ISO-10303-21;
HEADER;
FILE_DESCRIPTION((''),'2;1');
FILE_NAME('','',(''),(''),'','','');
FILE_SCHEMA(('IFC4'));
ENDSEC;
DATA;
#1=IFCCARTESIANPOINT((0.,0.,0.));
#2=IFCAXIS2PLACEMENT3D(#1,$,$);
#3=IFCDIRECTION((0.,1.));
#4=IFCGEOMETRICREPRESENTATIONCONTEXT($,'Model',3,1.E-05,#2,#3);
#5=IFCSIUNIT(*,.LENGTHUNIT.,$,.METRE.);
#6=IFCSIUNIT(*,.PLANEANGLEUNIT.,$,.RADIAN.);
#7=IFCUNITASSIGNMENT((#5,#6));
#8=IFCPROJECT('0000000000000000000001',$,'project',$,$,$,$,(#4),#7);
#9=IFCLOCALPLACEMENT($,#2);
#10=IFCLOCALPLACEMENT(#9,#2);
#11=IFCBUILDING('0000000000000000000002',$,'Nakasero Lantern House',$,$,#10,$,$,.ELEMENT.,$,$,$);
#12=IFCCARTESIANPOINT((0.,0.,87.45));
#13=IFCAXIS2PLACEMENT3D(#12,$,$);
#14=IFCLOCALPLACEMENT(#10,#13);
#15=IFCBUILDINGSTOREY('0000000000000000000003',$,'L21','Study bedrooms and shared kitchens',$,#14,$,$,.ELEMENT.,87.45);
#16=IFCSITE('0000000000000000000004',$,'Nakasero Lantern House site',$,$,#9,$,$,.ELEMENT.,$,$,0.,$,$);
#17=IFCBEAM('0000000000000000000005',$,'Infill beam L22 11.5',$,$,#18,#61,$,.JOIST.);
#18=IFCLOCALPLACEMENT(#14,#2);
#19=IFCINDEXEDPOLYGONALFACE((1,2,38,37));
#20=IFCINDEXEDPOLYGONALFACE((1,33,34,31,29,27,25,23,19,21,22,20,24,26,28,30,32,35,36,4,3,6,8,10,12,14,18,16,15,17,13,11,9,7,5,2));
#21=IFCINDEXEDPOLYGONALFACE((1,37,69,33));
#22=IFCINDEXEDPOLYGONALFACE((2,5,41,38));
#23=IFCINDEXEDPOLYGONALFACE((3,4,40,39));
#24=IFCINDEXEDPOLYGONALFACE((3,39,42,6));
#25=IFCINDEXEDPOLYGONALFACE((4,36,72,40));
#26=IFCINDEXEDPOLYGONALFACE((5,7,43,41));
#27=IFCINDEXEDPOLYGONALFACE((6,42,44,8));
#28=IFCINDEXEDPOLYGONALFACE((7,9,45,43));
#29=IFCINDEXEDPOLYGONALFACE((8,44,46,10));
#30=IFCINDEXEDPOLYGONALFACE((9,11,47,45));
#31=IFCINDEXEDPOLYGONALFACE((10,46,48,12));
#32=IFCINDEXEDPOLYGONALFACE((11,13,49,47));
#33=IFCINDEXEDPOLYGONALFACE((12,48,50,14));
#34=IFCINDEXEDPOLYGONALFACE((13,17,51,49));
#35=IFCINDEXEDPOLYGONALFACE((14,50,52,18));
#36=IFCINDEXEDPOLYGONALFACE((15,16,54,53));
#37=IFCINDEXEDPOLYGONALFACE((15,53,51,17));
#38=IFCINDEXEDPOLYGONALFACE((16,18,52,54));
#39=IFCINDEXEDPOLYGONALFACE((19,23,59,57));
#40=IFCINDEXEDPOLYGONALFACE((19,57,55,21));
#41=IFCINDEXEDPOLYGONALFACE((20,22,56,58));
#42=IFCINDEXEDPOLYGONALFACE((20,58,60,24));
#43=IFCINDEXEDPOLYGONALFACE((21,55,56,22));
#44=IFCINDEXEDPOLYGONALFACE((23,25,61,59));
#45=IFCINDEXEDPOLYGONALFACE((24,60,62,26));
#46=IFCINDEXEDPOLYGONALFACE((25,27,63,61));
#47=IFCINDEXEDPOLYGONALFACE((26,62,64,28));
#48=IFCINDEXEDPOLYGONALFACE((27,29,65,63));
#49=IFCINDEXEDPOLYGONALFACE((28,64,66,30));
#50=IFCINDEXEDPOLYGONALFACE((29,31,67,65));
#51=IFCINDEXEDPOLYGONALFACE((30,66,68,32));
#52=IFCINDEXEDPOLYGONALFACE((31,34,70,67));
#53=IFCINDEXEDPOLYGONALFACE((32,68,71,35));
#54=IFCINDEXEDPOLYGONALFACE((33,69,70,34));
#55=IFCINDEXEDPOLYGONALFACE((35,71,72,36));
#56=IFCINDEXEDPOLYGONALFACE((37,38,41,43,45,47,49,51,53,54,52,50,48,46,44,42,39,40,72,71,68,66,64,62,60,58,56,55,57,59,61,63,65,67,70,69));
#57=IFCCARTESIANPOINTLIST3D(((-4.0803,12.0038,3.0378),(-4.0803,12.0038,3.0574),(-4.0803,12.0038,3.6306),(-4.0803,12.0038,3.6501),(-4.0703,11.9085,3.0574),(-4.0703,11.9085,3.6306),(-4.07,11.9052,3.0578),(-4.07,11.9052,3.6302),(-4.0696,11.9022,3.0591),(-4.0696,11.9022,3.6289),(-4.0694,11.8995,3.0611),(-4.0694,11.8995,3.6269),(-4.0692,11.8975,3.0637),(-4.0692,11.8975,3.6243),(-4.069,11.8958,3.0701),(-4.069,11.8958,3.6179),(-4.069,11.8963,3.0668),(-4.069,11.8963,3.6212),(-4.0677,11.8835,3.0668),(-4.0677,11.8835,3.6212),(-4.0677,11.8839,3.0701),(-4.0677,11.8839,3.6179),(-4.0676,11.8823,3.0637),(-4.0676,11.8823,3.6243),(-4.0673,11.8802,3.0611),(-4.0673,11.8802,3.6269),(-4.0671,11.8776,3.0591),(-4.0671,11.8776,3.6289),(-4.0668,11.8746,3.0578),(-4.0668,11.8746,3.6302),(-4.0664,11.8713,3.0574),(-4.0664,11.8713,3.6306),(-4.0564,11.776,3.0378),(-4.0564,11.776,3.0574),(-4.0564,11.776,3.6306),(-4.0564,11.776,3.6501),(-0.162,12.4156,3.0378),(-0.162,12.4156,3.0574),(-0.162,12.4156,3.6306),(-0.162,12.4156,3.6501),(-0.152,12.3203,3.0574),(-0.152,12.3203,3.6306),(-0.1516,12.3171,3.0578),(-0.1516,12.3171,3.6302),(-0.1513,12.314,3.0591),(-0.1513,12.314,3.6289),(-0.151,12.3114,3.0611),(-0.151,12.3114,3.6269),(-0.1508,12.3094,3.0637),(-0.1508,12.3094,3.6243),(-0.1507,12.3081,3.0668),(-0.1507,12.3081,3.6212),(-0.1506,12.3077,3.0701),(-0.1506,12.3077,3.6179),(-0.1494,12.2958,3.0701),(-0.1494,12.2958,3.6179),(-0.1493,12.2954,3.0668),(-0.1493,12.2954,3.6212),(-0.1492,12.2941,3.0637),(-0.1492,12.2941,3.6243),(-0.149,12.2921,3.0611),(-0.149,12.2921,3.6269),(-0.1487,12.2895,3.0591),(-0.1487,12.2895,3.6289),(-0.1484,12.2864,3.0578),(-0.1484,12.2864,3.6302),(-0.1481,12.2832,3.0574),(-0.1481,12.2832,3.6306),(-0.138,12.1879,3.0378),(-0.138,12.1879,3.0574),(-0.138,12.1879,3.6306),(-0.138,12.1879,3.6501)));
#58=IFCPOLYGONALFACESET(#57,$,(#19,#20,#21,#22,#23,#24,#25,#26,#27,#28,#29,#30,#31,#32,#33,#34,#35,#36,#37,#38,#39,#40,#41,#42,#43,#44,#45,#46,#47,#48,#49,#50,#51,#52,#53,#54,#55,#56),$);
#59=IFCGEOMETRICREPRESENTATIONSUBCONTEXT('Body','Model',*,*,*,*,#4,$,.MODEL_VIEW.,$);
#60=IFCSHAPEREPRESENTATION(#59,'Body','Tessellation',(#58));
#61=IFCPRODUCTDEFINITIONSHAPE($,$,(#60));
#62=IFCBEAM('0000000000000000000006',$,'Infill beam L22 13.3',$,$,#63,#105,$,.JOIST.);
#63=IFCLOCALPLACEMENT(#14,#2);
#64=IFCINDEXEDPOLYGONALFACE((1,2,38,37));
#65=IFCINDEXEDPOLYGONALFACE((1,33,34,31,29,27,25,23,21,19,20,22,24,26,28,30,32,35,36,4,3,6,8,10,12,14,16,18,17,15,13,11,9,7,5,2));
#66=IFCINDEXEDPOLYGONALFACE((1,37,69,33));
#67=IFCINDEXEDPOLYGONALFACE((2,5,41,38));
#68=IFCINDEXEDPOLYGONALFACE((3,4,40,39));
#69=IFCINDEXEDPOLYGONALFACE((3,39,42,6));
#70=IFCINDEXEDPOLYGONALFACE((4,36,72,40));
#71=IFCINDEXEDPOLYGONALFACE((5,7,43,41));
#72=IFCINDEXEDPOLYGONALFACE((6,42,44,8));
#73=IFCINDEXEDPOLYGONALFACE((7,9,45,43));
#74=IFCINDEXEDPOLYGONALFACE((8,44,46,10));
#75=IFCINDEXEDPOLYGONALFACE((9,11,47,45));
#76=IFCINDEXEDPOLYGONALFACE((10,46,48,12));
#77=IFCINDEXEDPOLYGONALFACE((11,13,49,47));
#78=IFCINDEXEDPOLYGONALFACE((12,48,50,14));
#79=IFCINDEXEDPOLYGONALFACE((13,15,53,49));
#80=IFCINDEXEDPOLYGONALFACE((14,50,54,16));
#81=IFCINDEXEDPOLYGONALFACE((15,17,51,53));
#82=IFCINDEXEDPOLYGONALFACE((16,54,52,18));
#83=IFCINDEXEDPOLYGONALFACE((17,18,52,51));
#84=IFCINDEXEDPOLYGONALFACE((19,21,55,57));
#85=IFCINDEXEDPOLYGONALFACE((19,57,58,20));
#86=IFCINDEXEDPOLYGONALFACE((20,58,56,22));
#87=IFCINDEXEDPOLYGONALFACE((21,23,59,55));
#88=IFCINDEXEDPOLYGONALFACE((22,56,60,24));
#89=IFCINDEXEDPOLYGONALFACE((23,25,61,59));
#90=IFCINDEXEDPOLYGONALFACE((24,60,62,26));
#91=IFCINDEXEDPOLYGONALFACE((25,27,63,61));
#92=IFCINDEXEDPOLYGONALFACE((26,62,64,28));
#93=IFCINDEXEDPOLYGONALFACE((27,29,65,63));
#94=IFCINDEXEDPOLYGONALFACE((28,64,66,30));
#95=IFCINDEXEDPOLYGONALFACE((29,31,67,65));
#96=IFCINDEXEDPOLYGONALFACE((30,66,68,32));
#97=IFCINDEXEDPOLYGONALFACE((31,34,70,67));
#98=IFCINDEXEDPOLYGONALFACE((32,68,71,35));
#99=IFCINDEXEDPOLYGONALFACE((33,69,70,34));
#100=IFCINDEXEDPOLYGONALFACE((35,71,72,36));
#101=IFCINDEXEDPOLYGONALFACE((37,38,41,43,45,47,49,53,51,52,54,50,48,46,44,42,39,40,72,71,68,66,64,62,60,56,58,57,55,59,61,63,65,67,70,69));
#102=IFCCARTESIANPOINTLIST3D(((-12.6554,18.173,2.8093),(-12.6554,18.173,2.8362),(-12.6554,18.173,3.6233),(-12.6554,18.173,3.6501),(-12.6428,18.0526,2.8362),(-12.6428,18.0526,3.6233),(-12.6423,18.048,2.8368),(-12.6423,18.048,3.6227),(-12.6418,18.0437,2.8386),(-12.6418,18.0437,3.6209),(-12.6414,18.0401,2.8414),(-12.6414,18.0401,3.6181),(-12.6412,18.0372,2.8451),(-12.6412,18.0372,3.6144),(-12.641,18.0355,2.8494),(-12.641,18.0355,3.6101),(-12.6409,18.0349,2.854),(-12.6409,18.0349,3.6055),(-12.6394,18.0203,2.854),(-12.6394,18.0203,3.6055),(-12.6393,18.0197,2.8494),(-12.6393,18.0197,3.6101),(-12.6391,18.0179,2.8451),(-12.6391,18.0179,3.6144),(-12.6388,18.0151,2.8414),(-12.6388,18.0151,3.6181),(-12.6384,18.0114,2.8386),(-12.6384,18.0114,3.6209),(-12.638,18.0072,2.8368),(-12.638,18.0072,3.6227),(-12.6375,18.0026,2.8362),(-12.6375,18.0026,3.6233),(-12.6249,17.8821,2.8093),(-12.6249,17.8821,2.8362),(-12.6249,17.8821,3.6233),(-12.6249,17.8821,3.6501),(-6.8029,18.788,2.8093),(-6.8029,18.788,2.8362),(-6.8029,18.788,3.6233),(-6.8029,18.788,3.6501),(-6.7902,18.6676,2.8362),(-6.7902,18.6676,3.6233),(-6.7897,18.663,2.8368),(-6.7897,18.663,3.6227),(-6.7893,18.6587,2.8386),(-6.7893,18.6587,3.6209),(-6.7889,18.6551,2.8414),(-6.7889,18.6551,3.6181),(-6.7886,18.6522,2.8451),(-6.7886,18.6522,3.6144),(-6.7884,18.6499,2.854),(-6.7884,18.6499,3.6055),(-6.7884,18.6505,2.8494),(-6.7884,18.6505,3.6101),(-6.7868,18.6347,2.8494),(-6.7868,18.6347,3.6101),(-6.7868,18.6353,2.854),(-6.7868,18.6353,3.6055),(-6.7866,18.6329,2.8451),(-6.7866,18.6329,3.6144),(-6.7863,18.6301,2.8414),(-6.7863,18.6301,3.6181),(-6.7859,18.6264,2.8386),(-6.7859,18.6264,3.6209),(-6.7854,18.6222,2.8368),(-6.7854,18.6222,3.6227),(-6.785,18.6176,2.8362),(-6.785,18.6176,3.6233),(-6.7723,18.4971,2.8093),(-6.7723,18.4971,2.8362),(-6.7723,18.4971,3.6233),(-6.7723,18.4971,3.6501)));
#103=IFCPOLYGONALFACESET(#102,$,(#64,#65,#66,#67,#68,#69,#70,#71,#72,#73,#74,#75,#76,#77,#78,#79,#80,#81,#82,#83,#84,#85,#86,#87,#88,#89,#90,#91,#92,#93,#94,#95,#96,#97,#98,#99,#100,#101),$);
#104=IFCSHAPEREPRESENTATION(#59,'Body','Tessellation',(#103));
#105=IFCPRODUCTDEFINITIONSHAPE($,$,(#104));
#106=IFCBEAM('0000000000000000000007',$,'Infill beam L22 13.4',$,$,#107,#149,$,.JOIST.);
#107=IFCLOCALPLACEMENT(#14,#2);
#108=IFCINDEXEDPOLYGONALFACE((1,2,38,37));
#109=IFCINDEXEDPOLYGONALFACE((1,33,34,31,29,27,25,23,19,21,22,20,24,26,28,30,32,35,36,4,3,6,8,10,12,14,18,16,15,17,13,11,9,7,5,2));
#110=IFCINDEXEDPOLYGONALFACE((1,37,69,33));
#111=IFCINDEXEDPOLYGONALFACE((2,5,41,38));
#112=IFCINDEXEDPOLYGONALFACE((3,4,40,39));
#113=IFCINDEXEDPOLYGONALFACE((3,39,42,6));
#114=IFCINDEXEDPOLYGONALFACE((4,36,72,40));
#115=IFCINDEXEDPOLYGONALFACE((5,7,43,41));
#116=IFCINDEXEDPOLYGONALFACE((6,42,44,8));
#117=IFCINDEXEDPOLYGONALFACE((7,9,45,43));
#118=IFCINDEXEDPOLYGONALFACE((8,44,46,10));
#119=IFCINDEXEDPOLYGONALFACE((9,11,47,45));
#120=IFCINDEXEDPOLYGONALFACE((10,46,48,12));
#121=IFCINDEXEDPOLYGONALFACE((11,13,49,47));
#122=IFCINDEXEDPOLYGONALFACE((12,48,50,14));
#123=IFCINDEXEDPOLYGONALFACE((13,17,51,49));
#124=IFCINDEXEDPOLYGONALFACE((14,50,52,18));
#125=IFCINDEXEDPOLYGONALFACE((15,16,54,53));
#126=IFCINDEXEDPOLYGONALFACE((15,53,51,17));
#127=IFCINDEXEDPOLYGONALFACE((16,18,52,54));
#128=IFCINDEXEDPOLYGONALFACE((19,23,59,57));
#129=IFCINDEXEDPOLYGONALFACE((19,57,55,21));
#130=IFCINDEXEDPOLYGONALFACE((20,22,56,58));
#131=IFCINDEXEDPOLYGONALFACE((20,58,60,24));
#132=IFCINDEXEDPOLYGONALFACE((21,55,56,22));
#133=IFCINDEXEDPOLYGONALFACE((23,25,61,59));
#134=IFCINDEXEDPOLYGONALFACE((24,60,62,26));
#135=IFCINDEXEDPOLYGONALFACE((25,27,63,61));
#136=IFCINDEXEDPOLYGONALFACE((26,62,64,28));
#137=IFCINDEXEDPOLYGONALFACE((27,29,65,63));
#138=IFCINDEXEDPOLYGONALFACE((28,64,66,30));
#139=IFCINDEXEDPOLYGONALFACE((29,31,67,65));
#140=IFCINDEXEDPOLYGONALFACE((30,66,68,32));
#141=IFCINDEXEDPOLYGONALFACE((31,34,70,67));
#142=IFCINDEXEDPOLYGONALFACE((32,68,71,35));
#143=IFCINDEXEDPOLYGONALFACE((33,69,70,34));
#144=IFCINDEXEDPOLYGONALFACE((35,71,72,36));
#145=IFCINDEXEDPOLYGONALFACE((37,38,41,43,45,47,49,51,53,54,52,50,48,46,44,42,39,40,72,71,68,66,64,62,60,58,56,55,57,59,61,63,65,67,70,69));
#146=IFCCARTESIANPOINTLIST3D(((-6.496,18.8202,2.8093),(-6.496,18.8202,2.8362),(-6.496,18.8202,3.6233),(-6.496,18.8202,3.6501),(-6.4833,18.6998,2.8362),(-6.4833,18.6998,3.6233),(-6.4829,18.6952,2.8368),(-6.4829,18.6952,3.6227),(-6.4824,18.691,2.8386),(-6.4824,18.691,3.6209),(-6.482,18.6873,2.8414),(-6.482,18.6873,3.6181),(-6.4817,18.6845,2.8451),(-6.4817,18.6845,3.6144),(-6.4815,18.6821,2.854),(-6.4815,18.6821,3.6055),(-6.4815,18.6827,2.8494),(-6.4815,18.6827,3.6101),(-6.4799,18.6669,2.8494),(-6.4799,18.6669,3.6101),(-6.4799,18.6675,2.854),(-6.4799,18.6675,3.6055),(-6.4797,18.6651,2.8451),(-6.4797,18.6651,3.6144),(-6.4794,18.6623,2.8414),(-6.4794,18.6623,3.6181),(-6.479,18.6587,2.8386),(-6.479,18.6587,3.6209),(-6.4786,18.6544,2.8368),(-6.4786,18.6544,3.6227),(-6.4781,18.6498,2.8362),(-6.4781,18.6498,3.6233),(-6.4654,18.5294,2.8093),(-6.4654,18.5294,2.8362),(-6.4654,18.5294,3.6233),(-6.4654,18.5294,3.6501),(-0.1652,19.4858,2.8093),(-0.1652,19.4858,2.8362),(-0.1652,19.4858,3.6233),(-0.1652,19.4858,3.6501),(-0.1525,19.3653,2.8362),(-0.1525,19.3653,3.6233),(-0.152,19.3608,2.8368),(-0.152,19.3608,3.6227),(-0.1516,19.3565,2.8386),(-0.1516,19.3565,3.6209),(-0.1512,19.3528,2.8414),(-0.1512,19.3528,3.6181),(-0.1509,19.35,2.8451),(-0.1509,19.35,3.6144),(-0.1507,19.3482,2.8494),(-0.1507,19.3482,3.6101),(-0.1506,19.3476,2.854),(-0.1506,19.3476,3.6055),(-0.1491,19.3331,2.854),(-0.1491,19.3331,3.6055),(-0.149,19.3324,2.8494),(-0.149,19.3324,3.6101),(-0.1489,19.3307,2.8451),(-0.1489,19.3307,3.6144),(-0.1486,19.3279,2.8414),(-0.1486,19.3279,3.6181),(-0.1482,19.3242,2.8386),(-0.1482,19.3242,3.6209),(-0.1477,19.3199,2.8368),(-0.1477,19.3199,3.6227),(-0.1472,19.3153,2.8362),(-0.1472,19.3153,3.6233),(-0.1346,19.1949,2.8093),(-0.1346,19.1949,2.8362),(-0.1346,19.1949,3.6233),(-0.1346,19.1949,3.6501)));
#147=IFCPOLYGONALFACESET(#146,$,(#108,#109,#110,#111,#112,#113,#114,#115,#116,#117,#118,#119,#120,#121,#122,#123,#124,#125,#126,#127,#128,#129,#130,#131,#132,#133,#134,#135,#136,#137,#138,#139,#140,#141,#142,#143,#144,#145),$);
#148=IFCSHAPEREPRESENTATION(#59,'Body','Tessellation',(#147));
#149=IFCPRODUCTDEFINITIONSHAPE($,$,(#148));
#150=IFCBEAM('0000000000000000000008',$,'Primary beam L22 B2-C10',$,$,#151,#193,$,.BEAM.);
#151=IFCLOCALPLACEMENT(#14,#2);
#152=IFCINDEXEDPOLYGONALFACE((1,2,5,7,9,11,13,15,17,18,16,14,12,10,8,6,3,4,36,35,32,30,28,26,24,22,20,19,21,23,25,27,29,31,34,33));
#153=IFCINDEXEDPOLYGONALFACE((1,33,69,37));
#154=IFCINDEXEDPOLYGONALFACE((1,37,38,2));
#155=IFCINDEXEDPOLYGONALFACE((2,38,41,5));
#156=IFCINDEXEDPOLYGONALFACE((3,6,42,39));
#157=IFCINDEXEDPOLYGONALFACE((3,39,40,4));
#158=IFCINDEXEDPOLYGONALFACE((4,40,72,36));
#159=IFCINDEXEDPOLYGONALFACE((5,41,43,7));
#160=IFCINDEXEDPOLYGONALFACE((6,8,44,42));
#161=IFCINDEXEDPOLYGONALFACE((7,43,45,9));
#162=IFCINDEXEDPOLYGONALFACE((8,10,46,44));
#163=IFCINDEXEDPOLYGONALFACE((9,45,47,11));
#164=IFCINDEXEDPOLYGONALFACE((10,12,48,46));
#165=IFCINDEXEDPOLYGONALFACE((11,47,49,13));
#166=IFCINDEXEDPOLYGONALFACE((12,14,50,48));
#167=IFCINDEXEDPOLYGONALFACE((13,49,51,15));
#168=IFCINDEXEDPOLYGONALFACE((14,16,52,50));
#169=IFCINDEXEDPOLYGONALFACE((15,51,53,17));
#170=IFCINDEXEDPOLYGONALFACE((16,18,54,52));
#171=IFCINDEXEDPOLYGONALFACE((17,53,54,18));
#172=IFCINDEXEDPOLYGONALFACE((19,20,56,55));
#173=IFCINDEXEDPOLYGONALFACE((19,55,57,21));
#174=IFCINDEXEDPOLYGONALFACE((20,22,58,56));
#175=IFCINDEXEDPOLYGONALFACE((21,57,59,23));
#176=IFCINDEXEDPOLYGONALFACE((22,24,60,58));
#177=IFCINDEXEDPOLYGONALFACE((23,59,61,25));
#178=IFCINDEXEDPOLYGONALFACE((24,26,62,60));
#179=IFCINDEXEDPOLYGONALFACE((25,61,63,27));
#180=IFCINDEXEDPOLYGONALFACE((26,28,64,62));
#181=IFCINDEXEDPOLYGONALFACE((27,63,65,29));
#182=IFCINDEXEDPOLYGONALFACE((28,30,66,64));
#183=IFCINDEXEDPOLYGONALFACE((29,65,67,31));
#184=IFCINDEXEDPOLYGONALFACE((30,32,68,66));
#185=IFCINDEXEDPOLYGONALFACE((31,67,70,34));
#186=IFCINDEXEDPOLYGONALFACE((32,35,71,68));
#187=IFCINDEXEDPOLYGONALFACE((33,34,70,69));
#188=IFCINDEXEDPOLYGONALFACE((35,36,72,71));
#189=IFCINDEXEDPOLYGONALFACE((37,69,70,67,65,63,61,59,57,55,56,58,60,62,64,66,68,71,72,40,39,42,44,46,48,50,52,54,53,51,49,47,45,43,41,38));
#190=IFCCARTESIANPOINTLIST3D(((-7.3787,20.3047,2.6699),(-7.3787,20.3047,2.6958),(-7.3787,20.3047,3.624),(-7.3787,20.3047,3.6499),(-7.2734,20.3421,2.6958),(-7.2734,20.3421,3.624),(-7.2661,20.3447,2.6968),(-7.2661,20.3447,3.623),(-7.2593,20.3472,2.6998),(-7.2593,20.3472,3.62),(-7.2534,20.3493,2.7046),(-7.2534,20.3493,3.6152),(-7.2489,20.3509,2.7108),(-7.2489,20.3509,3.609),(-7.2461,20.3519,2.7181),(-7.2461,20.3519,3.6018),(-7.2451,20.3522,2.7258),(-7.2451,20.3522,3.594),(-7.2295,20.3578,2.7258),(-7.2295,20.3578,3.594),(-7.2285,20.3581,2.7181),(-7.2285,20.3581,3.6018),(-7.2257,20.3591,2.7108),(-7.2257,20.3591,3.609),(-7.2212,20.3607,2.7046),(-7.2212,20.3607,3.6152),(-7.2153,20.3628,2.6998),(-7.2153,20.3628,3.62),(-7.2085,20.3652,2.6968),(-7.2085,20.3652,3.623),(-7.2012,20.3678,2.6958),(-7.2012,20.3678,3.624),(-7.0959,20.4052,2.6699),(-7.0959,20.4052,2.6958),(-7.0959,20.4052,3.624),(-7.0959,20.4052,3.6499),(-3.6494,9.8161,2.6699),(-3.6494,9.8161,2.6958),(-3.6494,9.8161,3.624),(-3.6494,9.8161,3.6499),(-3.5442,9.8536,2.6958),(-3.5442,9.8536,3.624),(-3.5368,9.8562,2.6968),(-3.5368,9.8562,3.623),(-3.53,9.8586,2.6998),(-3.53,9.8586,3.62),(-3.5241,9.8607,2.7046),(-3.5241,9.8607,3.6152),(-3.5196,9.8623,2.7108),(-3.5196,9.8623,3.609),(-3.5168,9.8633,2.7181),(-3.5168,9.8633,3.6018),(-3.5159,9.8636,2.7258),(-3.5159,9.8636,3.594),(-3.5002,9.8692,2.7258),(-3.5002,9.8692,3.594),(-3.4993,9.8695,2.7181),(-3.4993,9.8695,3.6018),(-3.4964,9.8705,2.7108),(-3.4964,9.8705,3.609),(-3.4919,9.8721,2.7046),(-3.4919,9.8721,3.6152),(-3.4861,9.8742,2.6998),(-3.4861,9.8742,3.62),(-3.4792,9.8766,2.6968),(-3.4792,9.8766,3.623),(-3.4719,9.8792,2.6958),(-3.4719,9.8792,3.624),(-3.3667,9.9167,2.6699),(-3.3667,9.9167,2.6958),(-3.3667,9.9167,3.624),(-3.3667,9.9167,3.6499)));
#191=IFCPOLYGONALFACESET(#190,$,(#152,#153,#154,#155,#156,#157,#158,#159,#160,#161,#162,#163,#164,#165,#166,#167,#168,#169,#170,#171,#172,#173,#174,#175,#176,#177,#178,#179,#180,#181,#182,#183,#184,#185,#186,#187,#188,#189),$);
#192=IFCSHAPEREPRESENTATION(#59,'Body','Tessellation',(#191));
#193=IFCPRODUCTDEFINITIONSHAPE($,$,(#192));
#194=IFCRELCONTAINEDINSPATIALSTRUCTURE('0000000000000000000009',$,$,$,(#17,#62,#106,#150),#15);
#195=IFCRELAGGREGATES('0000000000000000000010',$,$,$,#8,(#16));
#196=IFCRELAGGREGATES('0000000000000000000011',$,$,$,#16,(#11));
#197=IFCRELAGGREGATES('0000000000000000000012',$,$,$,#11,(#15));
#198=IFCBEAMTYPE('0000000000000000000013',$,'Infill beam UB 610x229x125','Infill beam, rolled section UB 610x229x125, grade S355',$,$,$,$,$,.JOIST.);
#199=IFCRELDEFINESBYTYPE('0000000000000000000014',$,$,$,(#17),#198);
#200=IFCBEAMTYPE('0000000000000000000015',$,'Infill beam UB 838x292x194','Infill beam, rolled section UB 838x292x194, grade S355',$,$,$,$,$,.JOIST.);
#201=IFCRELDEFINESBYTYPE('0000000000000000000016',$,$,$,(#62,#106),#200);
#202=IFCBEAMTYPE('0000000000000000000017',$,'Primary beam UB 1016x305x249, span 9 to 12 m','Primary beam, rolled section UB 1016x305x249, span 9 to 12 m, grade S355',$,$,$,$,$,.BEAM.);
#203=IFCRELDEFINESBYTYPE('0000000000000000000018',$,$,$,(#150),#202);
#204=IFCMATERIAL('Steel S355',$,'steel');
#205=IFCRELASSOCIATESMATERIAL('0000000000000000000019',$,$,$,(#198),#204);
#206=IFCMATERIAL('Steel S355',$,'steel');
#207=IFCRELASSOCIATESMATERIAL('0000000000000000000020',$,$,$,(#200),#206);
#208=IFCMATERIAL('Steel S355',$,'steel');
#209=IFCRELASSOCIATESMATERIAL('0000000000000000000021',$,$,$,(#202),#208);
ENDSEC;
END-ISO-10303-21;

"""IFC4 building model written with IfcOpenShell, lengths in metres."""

from ifc_helpers import new_model, si_unit, direction, frame, origin, origin_2d, place, context, subcontext, project, spatial, i_section, extrude, material, material_profile, profile_set, type_object, element, save


model = new_model("IFC4")

# Units and contexts
model_context = context("Model", 3, precision=1e-05, world=origin(), true_north=direction((0.0, 1.0)))
body_context = subcontext(model_context, "Body", "Model", "MODEL_VIEW")
ifc_project = project(units=[si_unit("LENGTHUNIT", "METRE"), si_unit("PLANEANGLEUNIT", "RADIAN")], contexts=[model_context])

# Site, building, storey
site_placement = place(None, origin())
site = spatial("IfcSite", under=ifc_project, at=site_placement, Name="Nakasero Lantern House site", CompositionType="ELEMENT", RefElevation=0.0)
building_placement = place(site_placement, origin())
building = spatial("IfcBuilding", under=site, at=building_placement, Name="Nakasero Lantern House", CompositionType="ELEMENT")
storey_placement = place(building_placement, frame((0.0, 0.0, 87.45)))
storey = spatial("IfcBuildingStorey", under=building, at=storey_placement, Name="L21", Description="Study bedrooms and shared kitchens", CompositionType="ELEMENT", Elevation=87.45)

# Beams
ifc_material_1 = material(Name="Steel S355", Category="steel")
ifc_material_profile_1 = material_profile(ifc_material_1, i_section(OverallWidth=0.229, OverallDepth=0.6123, WebThickness=0.012, FlangeThickness=0.0195, FilletRadius=0.0127, at=origin_2d()), Name="UB 610x229x125")
ifc_profile_set_1 = profile_set([ifc_material_profile_1], Name="Steel S355")
beam_type_1 = type_object("IfcBeamType", Name="Infill beam UB 610x229x125", Description="Infill beam, rolled section UB 610x229x125, grade S355", PredefinedType="JOIST", material=ifc_profile_set_1)
beam_1_placement = place(storey_placement, frame((-4.0684, 11.8899, 3.344), z_axis=(0.994521, 0.104533, 0.0), x_axis=(-0.104533, 0.994521, 0.0)))
element("IfcBeam", 1, at=beam_1_placement, inside=storey, type_object=beam_type_1, Name="Infill beam L22 11.5", PredefinedType="JOIST", context=body_context, shape_type="SweptSolid", body=[
    extrude(i_section(OverallWidth=0.229, OverallDepth=0.6123, WebThickness=0.012, FlangeThickness=0.0195, FilletRadius=0.0127, at=origin_2d()), origin(), (0.0, 0.0, 1.0), 3.9399),
])
ifc_material_2 = material(Name="Steel S355", Category="steel")
ifc_material_profile_2 = material_profile(ifc_material_2, i_section(OverallWidth=0.2925, OverallDepth=0.8408, WebThickness=0.0146, FlangeThickness=0.0269, FilletRadius=0.0178, at=origin_2d()), Name="UB 838x292x194")
ifc_profile_set_2 = profile_set([ifc_material_profile_2], Name="Steel S355")
beam_type_2 = type_object("IfcBeamType", Name="Infill beam UB 838x292x194", Description="Infill beam, rolled section UB 838x292x194, grade S355", PredefinedType="JOIST", material=ifc_profile_set_2)
beam_2_placement = place(storey_placement, frame((-12.6401, 18.0276, 3.2297), z_axis=(0.994524, 0.104506, 0.0), x_axis=(-0.104506, 0.994524, 0.0)))
element("IfcBeam", 2, at=beam_2_placement, inside=storey, type_object=beam_type_2, Name="Infill beam L22 13.3", PredefinedType="JOIST", context=body_context, shape_type="SweptSolid", body=[
    extrude(i_section(OverallWidth=0.2925, OverallDepth=0.8408, WebThickness=0.0146, FlangeThickness=0.0269, FilletRadius=0.0178, at=origin_2d()), origin(), (0.0, 0.0, 1.0), 5.8848),
])
beam_3_placement = place(storey_placement, frame((-6.4807, 18.6748, 3.2297), z_axis=(0.99452, 0.104549, 0.0), x_axis=(-0.104549, 0.99452, 0.0)))
element("IfcBeam", 3, at=beam_3_placement, inside=storey, type_object=beam_type_2, Name="Infill beam L22 13.4", PredefinedType="JOIST", context=body_context, shape_type="SweptSolid", body=[
    extrude(i_section(OverallWidth=0.2925, OverallDepth=0.8408, WebThickness=0.0146, FlangeThickness=0.0269, FilletRadius=0.0178, at=origin_2d()), origin(), (0.0, 0.0, 1.0), 6.3657),
])
ifc_material_3 = material(Name="Steel S355", Category="steel")
ifc_material_profile_3 = material_profile(ifc_material_3, i_section(OverallWidth=0.3, OverallDepth=0.98, WebThickness=0.0166, FlangeThickness=0.0259, FilletRadius=0.03, at=origin_2d()), Name="UB 1016x305x249")
ifc_profile_set_3 = profile_set([ifc_material_profile_3], Name="Steel S355")
beam_type_3 = type_object("IfcBeamType", Name="Primary beam UB 1016x305x249, span 9 to 12 m", Description="Primary beam, rolled section UB 1016x305x249, span 9 to 12 m, grade S355", PredefinedType="BEAM", material=ifc_profile_set_3)
beam_4_placement = place(storey_placement, frame((-7.2373, 20.355, 3.1599), z_axis=(0.335009, -0.942215, 0.0), x_axis=(0.942215, 0.335009, 0.0)))
element("IfcBeam", 4, at=beam_4_placement, inside=storey, type_object=beam_type_3, Name="Primary beam L22 B2-C10", PredefinedType="BEAM", context=body_context, shape_type="SweptSolid", body=[
    extrude(i_section(OverallWidth=0.3, OverallDepth=0.98, WebThickness=0.0166, FlangeThickness=0.0259, FilletRadius=0.03, at=origin_2d()), origin(), (0.0, 0.0, 1.0), 11.1318),
])

save(model, "model.ifc")
